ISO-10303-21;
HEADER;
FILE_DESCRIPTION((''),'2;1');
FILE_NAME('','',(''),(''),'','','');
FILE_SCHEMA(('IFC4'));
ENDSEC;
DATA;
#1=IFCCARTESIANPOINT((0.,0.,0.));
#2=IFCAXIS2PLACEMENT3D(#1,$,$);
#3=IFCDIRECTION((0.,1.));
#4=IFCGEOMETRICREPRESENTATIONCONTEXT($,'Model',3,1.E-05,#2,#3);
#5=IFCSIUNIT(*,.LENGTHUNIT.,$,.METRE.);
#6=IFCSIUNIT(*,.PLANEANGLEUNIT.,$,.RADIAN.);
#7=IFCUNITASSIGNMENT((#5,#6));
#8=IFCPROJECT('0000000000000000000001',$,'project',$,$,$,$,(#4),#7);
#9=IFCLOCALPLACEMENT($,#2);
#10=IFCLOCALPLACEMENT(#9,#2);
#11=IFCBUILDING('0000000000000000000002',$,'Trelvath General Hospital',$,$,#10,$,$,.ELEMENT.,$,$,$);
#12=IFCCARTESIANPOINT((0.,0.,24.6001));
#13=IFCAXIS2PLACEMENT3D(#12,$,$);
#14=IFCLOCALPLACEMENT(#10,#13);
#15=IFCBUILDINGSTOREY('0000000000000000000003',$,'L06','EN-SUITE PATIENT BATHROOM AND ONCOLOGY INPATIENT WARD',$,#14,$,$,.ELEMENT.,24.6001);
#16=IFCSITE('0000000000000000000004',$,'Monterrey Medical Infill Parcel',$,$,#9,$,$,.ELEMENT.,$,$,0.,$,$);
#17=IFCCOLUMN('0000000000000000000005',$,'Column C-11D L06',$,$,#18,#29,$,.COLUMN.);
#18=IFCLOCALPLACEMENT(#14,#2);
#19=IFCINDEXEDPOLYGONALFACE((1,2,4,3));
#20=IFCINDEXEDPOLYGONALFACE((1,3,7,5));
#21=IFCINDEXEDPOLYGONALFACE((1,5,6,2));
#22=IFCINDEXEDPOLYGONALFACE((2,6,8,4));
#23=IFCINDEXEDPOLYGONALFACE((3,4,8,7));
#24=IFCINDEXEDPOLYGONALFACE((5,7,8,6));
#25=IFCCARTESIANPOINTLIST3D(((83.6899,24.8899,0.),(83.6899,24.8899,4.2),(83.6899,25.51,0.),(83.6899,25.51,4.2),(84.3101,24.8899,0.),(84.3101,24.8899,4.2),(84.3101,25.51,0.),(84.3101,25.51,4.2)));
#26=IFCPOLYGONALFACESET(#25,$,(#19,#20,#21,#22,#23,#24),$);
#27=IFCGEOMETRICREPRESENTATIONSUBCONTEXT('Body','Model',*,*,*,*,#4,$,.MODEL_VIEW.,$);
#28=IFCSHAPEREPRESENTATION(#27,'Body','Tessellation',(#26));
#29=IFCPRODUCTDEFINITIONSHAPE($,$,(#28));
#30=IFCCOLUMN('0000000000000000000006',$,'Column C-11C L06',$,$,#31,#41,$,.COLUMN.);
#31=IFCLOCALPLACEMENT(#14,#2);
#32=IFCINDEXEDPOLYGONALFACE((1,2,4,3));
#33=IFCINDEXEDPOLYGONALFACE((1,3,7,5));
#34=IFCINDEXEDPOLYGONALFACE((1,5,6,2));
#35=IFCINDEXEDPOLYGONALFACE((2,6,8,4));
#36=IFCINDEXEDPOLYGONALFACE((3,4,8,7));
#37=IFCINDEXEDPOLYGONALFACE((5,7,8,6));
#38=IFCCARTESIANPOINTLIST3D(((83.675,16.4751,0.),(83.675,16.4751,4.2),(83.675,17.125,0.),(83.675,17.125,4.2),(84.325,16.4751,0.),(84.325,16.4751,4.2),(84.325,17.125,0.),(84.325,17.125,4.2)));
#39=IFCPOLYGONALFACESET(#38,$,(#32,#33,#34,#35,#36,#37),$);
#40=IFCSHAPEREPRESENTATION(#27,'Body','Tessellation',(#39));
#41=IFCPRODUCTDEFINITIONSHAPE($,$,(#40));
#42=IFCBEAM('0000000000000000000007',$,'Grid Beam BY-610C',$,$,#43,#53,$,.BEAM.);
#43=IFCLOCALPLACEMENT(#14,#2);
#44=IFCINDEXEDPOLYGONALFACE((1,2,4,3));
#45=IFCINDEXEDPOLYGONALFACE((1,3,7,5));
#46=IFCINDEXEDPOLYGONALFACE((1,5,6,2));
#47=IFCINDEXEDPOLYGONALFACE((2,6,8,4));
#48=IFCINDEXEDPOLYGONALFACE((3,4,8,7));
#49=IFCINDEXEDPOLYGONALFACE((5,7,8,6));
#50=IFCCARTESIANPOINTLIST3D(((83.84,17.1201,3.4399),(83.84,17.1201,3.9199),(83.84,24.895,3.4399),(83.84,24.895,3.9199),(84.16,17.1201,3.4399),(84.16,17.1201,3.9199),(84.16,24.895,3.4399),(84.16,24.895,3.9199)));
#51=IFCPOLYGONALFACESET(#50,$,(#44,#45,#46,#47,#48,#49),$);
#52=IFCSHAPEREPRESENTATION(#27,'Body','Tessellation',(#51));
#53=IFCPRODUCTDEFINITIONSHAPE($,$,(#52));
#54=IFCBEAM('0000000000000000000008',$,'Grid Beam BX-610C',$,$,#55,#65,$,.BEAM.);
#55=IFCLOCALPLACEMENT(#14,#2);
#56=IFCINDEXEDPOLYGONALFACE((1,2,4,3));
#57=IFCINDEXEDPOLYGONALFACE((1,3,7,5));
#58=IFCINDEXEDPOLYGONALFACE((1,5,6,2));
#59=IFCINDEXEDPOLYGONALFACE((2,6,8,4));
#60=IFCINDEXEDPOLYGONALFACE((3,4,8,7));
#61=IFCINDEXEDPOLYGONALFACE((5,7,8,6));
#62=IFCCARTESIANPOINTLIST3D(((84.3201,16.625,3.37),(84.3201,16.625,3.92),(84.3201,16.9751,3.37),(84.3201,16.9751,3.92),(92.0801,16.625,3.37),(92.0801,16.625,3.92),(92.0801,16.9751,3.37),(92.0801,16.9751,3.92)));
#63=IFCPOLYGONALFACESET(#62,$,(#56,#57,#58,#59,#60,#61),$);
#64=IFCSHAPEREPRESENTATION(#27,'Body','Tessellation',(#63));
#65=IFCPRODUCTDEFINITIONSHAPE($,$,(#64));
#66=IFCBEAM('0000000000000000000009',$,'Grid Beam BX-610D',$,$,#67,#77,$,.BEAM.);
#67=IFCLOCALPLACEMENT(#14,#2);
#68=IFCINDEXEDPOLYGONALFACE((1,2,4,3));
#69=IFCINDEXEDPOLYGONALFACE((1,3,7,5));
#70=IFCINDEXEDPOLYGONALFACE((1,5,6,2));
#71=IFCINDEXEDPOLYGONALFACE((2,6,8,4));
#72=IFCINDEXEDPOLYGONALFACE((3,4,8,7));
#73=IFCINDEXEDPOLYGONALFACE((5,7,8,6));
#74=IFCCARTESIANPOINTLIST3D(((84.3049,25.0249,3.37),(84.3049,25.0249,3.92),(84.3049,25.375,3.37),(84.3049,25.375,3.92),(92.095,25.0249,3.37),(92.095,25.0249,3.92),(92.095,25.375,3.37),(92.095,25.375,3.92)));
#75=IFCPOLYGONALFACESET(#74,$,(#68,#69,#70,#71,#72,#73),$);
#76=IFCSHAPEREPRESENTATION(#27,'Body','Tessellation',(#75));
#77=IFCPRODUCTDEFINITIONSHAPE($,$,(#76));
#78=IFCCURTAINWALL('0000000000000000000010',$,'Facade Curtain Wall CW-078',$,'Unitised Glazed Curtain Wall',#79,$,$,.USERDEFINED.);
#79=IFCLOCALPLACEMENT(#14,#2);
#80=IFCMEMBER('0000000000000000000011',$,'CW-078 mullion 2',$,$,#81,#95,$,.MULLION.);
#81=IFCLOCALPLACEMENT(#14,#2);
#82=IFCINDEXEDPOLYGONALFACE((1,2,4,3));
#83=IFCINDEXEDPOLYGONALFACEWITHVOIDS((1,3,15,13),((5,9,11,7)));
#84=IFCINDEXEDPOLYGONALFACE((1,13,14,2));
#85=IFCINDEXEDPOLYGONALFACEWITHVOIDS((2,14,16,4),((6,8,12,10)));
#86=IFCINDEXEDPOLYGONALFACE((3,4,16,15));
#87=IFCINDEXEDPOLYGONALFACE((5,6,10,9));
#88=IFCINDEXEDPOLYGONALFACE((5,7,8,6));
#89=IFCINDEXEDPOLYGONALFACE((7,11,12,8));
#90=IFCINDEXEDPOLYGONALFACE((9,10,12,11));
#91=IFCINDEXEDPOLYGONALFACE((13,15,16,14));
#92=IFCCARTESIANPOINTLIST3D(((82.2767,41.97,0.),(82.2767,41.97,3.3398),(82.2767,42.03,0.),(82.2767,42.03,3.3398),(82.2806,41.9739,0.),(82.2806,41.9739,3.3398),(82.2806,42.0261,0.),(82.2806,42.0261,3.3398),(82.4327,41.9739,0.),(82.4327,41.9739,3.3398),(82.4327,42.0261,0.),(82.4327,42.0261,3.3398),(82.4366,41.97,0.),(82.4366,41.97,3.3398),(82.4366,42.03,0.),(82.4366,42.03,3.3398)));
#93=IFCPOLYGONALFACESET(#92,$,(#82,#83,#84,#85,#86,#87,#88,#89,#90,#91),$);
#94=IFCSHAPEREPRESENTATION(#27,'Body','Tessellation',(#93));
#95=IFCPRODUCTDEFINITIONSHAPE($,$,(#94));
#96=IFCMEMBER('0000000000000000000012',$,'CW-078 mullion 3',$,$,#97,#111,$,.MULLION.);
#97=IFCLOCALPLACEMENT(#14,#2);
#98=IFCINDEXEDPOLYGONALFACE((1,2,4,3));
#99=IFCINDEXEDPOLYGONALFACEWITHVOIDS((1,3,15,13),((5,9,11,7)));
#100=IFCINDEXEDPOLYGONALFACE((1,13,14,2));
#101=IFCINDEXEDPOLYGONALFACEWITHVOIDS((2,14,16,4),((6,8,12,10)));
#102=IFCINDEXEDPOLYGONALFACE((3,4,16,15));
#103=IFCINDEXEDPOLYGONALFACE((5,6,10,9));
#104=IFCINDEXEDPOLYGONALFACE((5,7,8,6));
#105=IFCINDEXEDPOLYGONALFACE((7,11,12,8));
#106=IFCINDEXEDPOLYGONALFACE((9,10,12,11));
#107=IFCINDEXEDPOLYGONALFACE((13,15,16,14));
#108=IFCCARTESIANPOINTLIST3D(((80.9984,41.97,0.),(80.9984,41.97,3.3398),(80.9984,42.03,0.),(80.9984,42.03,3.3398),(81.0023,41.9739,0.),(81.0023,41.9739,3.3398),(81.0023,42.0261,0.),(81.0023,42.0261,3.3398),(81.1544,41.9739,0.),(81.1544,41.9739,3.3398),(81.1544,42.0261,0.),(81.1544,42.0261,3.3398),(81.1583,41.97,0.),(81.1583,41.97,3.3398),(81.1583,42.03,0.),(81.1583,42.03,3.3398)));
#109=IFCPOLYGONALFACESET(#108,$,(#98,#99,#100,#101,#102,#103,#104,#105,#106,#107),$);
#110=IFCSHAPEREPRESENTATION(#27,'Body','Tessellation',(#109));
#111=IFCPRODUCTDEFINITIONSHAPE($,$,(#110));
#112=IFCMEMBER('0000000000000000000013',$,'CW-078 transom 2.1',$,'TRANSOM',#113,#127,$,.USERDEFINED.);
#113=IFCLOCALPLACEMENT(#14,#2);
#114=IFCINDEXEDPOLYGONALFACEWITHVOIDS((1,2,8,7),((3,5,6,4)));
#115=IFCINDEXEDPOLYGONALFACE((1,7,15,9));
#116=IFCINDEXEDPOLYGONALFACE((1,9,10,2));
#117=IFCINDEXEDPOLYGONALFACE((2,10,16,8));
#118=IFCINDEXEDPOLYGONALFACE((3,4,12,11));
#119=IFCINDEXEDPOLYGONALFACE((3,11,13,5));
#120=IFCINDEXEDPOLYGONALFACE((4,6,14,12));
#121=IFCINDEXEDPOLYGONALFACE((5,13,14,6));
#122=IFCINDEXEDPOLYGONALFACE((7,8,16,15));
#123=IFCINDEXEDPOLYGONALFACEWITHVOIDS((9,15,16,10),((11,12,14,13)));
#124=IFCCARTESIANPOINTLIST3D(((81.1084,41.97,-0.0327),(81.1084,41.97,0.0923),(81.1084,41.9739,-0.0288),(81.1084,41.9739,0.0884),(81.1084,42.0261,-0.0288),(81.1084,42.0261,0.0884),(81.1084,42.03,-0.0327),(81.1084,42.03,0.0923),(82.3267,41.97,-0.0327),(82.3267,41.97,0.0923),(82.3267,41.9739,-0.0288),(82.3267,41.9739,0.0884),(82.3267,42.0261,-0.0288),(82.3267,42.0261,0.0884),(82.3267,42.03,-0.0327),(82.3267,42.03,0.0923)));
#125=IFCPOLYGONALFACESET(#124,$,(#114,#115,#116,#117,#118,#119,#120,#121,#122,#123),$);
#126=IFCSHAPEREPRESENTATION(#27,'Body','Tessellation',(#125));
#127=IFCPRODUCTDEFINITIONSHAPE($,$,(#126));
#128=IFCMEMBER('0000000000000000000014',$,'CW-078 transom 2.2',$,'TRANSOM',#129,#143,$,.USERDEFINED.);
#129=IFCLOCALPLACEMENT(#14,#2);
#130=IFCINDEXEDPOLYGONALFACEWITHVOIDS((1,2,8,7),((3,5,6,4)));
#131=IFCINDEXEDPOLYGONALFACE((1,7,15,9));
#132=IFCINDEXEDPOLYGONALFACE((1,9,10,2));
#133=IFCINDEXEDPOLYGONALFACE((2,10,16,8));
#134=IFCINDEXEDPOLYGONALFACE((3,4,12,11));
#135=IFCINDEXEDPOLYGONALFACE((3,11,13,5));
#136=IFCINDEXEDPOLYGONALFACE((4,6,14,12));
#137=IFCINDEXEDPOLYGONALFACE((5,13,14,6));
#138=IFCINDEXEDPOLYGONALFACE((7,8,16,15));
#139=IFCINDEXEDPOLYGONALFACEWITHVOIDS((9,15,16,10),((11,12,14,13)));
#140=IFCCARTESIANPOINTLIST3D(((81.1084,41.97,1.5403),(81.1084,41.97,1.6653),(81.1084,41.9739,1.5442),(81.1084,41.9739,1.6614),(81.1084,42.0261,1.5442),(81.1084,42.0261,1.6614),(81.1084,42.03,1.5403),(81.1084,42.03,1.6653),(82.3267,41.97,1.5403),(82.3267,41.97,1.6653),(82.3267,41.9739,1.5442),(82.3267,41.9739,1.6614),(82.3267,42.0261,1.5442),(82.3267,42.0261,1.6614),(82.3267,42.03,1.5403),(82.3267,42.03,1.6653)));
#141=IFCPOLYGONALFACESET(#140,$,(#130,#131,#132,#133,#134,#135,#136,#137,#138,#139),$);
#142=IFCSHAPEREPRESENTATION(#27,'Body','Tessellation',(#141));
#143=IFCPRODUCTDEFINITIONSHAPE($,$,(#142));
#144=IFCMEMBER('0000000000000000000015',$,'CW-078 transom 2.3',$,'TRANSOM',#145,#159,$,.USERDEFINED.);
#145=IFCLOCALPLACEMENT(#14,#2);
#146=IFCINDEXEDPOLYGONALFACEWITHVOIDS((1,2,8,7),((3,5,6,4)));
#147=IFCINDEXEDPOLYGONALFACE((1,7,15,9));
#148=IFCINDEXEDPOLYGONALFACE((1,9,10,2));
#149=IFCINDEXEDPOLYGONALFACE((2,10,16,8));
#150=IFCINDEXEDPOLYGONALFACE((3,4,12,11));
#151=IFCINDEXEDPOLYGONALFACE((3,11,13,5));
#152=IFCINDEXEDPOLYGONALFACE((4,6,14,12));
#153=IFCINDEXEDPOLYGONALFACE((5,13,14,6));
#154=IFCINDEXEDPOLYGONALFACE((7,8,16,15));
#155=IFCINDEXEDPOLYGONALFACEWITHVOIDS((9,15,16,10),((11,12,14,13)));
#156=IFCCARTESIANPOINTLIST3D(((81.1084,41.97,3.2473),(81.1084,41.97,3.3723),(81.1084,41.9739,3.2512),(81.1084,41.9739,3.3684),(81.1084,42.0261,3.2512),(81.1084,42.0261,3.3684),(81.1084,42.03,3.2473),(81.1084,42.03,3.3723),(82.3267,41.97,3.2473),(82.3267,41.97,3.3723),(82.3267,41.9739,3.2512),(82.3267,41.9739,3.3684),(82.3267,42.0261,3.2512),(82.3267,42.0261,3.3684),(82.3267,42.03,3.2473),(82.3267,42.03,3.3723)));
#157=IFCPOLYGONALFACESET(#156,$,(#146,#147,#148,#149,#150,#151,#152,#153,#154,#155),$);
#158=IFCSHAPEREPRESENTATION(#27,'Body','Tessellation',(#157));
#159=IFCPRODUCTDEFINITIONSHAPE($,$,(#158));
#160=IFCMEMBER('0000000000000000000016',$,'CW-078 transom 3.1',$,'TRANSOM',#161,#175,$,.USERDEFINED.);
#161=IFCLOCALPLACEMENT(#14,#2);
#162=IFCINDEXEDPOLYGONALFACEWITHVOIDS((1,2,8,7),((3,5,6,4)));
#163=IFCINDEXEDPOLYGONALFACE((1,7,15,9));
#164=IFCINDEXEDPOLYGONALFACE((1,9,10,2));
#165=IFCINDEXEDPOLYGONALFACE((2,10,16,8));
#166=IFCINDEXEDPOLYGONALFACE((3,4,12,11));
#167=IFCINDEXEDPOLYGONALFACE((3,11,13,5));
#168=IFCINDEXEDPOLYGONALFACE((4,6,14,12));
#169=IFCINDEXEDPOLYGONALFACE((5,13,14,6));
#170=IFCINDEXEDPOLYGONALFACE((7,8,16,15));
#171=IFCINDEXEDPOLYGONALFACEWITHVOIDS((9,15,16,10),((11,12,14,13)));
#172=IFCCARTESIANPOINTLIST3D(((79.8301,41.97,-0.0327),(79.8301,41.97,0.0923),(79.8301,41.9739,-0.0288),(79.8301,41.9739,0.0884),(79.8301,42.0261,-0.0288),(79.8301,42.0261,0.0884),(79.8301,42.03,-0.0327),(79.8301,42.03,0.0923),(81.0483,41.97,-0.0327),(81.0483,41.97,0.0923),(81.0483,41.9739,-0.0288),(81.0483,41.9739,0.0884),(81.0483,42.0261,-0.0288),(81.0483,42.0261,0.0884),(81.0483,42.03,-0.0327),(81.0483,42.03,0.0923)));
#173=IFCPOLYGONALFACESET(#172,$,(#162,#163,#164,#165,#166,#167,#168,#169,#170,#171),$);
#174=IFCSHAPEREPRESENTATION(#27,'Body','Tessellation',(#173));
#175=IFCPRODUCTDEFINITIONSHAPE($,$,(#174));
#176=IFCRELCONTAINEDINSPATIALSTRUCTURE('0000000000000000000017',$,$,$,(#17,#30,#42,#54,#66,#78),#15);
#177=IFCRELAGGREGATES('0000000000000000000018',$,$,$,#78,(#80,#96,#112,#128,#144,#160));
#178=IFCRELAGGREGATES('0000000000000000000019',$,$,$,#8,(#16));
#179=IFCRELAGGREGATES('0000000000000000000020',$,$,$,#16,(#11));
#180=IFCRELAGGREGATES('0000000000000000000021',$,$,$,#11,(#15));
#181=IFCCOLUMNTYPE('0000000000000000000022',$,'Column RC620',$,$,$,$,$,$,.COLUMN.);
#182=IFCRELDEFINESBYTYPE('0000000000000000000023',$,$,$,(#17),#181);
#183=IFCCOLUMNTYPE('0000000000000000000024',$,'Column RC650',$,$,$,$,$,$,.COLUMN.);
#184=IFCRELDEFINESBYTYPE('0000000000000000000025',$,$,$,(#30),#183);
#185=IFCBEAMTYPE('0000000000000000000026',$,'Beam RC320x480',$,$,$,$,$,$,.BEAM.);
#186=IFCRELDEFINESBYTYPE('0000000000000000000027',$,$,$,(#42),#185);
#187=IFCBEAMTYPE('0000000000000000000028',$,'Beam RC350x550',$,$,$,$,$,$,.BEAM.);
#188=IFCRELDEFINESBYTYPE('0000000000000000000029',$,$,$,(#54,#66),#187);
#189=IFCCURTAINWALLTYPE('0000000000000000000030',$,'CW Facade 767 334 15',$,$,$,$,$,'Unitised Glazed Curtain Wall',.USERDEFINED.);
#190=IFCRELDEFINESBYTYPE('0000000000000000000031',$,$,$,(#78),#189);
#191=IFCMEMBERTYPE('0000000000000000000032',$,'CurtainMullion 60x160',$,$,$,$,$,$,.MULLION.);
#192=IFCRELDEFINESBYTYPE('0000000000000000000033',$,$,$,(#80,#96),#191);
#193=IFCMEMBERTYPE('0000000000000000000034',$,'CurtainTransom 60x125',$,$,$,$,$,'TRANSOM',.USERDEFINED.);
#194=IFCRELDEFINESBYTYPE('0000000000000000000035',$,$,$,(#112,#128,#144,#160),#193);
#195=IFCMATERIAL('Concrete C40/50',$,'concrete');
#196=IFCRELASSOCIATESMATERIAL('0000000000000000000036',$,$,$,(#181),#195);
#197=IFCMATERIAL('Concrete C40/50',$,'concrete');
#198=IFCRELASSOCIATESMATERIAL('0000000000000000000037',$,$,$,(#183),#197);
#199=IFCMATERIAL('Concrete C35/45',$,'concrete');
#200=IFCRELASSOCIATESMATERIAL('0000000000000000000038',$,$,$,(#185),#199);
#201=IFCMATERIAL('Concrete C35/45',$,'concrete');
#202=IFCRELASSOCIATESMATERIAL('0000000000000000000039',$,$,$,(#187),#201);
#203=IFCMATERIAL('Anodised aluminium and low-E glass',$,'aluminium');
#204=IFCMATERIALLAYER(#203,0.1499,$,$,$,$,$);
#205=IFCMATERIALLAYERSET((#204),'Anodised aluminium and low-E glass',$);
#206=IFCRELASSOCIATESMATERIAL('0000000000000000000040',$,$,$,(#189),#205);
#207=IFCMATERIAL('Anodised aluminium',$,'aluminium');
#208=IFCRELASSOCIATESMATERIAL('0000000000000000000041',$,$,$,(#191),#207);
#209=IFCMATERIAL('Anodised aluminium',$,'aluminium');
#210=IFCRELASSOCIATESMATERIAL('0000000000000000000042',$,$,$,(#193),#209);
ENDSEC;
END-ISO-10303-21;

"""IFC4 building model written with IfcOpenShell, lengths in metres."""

from ifc_helpers import new_model, si_unit, direction, frame, origin, origin_2d, place, context, subcontext, project, spatial, rectangle, hollow_rectangle, extrude, material, layer, layer_set, material_profile, profile_set, type_object, element, aggregate, save


model = new_model("IFC4")

# Units and contexts
model_context = context("Model", 3, precision=1e-05, world=origin(), true_north=direction((0.0, 1.0)))
body_context = subcontext(model_context, "Body", "Model", "MODEL_VIEW")
ifc_project = project(units=[si_unit("LENGTHUNIT", "METRE"), si_unit("PLANEANGLEUNIT", "RADIAN")], contexts=[model_context])

# Site, building, storey
site_placement = place(None, origin())
site = spatial("IfcSite", under=ifc_project, at=site_placement, Name="Monterrey Medical Infill Parcel", CompositionType="ELEMENT", RefElevation=0.0)
building_placement = place(site_placement, origin())
building = spatial("IfcBuilding", under=site, at=building_placement, Name="Trelvath General Hospital", CompositionType="ELEMENT")
storey_placement = place(building_placement, frame((0.0, 0.0, 24.6001)))
storey = spatial("IfcBuildingStorey", under=building, at=storey_placement, Name="L06", Description="EN-SUITE PATIENT BATHROOM AND ONCOLOGY INPATIENT WARD", CompositionType="ELEMENT", Elevation=24.6001)

# Columns
ifc_material_1 = material(Name="Concrete C40/50", Category="concrete")
ifc_material_profile_1 = material_profile(ifc_material_1, rectangle(XDim=0.6201, YDim=0.6201, at=origin_2d()), Name="RC620x620")
ifc_profile_set_1 = profile_set([ifc_material_profile_1], Name="Concrete C40/50")
column_type_1 = type_object("IfcColumnType", Name="Column RC620", PredefinedType="COLUMN", material=ifc_profile_set_1)
column_1_placement = place(storey_placement, frame((84.0, 25.2, 0.0), z_axis=(0.0, 0.0, 1.0), x_axis=(1.0, 0.0, 0.0)))
element("IfcColumn", 1, at=column_1_placement, inside=storey, type_object=column_type_1, Name="Column C-11D L06", PredefinedType="COLUMN", context=body_context, shape_type="SweptSolid", body=[
    extrude(rectangle(XDim=0.6201, YDim=0.6201, at=origin_2d()), origin(), (0.0, 0.0, 1.0), 4.2),
])
ifc_material_2 = material(Name="Concrete C40/50", Category="concrete")
ifc_material_profile_2 = material_profile(ifc_material_2, rectangle(XDim=0.6499, YDim=0.6499, at=origin_2d()), Name="RC650x650")
ifc_profile_set_2 = profile_set([ifc_material_profile_2], Name="Concrete C40/50")
column_type_2 = type_object("IfcColumnType", Name="Column RC650", PredefinedType="COLUMN", material=ifc_profile_set_2)
column_2_placement = place(storey_placement, frame((84.0, 16.8, 0.0), z_axis=(0.0, 0.0, 1.0), x_axis=(1.0, 0.0, 0.0)))
element("IfcColumn", 2, at=column_2_placement, inside=storey, type_object=column_type_2, Name="Column C-11C L06", PredefinedType="COLUMN", context=body_context, shape_type="SweptSolid", body=[
    extrude(rectangle(XDim=0.6499, YDim=0.6499, at=origin_2d()), origin(), (0.0, 0.0, 1.0), 4.2),
])

# Beams
ifc_material_3 = material(Name="Concrete C35/45", Category="concrete")
ifc_material_profile_3 = material_profile(ifc_material_3, rectangle(XDim=0.3201, YDim=0.48, at=origin_2d()), Name="RCB320x480")
ifc_profile_set_3 = profile_set([ifc_material_profile_3], Name="Concrete C35/45")
beam_type_1 = type_object("IfcBeamType", Name="Beam RC320x480", PredefinedType="BEAM", material=ifc_profile_set_3)
beam_1_placement = place(storey_placement, frame((84.0, 17.1201, 3.6799), z_axis=(0.0, 1.0, 0.0), x_axis=(-1.0, 0.0, 0.0)))
element("IfcBeam", 3, at=beam_1_placement, inside=storey, type_object=beam_type_1, Name="Grid Beam BY-610C", PredefinedType="BEAM", context=body_context, shape_type="SweptSolid", body=[
    extrude(rectangle(XDim=0.3201, YDim=0.48, at=origin_2d()), origin(), (0.0, 0.0, 1.0), 7.7749),
])
ifc_material_4 = material(Name="Concrete C35/45", Category="concrete")
ifc_material_profile_4 = material_profile(ifc_material_4, rectangle(XDim=0.3501, YDim=0.55, at=origin_2d()), Name="RCB350x550")
ifc_profile_set_4 = profile_set([ifc_material_profile_4], Name="Concrete C35/45")
beam_type_2 = type_object("IfcBeamType", Name="Beam RC350x550", PredefinedType="BEAM", material=ifc_profile_set_4)
beam_2_placement = place(storey_placement, frame((84.3201, 16.8, 3.645), z_axis=(1.0, 0.0, 0.0), x_axis=(0.0, 1.0, 0.0)))
element("IfcBeam", 4, at=beam_2_placement, inside=storey, type_object=beam_type_2, Name="Grid Beam BX-610C", PredefinedType="BEAM", context=body_context, shape_type="SweptSolid", body=[
    extrude(rectangle(XDim=0.3501, YDim=0.55, at=origin_2d()), origin(), (0.0, 0.0, 1.0), 7.76),
])
beam_3_placement = place(storey_placement, frame((84.3049, 25.2, 3.645), z_axis=(1.0, 0.0, 0.0), x_axis=(0.0, 1.0, 0.0)))
element("IfcBeam", 5, at=beam_3_placement, inside=storey, type_object=beam_type_2, Name="Grid Beam BX-610D", PredefinedType="BEAM", context=body_context, shape_type="SweptSolid", body=[
    extrude(rectangle(XDim=0.3501, YDim=0.55, at=origin_2d()), origin(), (0.0, 0.0, 1.0), 7.79),
])

# Curtain wall, members
ifc_material_5 = material(Name="Anodised aluminium and low-E glass", Category="aluminium")
ifc_layer_1 = layer(ifc_material_5, 0.1499)
ifc_layer_set_1 = layer_set([ifc_layer_1], Name="Anodised aluminium and low-E glass")
curtain_wall_type = type_object("IfcCurtainWallType", Name="CW Facade 767 334 15", ElementType="Unitised Glazed Curtain Wall", PredefinedType="USERDEFINED", material=ifc_layer_set_1)
curtain_wall_placement = place(storey_placement, origin())
curtain_wall = element("IfcCurtainWall", 6, at=curtain_wall_placement, inside=storey, type_object=curtain_wall_type, Name="Facade Curtain Wall CW-078", ObjectType="Unitised Glazed Curtain Wall", PredefinedType="USERDEFINED")
ifc_material_6 = material(Name="Anodised aluminium", Category="aluminium")
ifc_material_profile_5 = material_profile(ifc_material_6, hollow_rectangle(XDim=0.0601, YDim=0.1599, WallThickness=0.0039, at=origin_2d()), Name="RHS60x160x4")
ifc_profile_set_5 = profile_set([ifc_material_profile_5], Name="Anodised aluminium")
member_type_1 = type_object("IfcMemberType", Name="CurtainMullion 60x160", PredefinedType="MULLION", material=ifc_profile_set_5)
member_1_placement = place(storey_placement, frame((82.3567, 42.0, 0.0), z_axis=(0.0, 0.0, 1.0), x_axis=(0.0, -1.0, 0.0)))
member_1 = element("IfcMember", 7, at=member_1_placement, type_object=member_type_1, Name="CW-078 mullion 2", PredefinedType="MULLION", context=body_context, shape_type="SweptSolid", body=[
    extrude(hollow_rectangle(XDim=0.0601, YDim=0.1599, WallThickness=0.0039, at=origin_2d()), origin(), (0.0, 0.0, 1.0), 3.3398),
])
member_2_placement = place(storey_placement, frame((81.0784, 42.0, 0.0), z_axis=(0.0, 0.0, 1.0), x_axis=(0.0, -1.0, 0.0)))
member_2 = element("IfcMember", 8, at=member_2_placement, type_object=member_type_1, Name="CW-078 mullion 3", PredefinedType="MULLION", context=body_context, shape_type="SweptSolid", body=[
    extrude(hollow_rectangle(XDim=0.0601, YDim=0.1599, WallThickness=0.0039, at=origin_2d()), origin(), (0.0, 0.0, 1.0), 3.3398),
])
ifc_material_7 = material(Name="Anodised aluminium", Category="aluminium")
ifc_material_profile_6 = material_profile(ifc_material_7, hollow_rectangle(XDim=0.0601, YDim=0.125, WallThickness=0.0039, at=origin_2d()), Name="RHS60x125x4")
ifc_profile_set_6 = profile_set([ifc_material_profile_6], Name="Anodised aluminium")
member_type_2 = type_object("IfcMemberType", Name="CurtainTransom 60x125", ElementType="TRANSOM", PredefinedType="USERDEFINED", material=ifc_profile_set_6)
member_3_placement = place(storey_placement, frame((82.3267, 42.0, 0.0298), z_axis=(-1.0, 0.0, 0.0), x_axis=(0.0, -1.0, 0.0)))
member_3 = element("IfcMember", 9, at=member_3_placement, type_object=member_type_2, Name="CW-078 transom 2.1", ObjectType="TRANSOM", PredefinedType="USERDEFINED", context=body_context, shape_type="SweptSolid", body=[
    extrude(hollow_rectangle(XDim=0.0601, YDim=0.125, WallThickness=0.0039, at=origin_2d()), origin(), (0.0, 0.0, 1.0), 1.2183),
])
member_4_placement = place(storey_placement, frame((82.3267, 42.0, 1.6028), z_axis=(-1.0, 0.0, 0.0), x_axis=(0.0, -1.0, 0.0)))
member_4 = element("IfcMember", 10, at=member_4_placement, type_object=member_type_2, Name="CW-078 transom 2.2", ObjectType="TRANSOM", PredefinedType="USERDEFINED", context=body_context, shape_type="SweptSolid", body=[
    extrude(hollow_rectangle(XDim=0.0601, YDim=0.125, WallThickness=0.0039, at=origin_2d()), origin(), (0.0, 0.0, 1.0), 1.2183),
])
member_5_placement = place(storey_placement, frame((82.3267, 42.0, 3.3098), z_axis=(-1.0, 0.0, 0.0), x_axis=(0.0, -1.0, 0.0)))
member_5 = element("IfcMember", 11, at=member_5_placement, type_object=member_type_2, Name="CW-078 transom 2.3", ObjectType="TRANSOM", PredefinedType="USERDEFINED", context=body_context, shape_type="SweptSolid", body=[
    extrude(hollow_rectangle(XDim=0.0601, YDim=0.125, WallThickness=0.0039, at=origin_2d()), origin(), (0.0, 0.0, 1.0), 1.2183),
])
member_6_placement = place(storey_placement, frame((81.0483, 42.0, 0.0298), z_axis=(-1.0, 0.0, 0.0), x_axis=(0.0, -1.0, 0.0)))
member_6 = element("IfcMember", 12, at=member_6_placement, type_object=member_type_2, Name="CW-078 transom 3.1", ObjectType="TRANSOM", PredefinedType="USERDEFINED", context=body_context, shape_type="SweptSolid", body=[
    extrude(hollow_rectangle(XDim=0.0601, YDim=0.125, WallThickness=0.0039, at=origin_2d()), origin(), (0.0, 0.0, 1.0), 1.2183),
])

aggregate(curtain_wall, [member_1, member_2, member_3, member_4, member_5, member_6])

save(model, "model.ifc")
